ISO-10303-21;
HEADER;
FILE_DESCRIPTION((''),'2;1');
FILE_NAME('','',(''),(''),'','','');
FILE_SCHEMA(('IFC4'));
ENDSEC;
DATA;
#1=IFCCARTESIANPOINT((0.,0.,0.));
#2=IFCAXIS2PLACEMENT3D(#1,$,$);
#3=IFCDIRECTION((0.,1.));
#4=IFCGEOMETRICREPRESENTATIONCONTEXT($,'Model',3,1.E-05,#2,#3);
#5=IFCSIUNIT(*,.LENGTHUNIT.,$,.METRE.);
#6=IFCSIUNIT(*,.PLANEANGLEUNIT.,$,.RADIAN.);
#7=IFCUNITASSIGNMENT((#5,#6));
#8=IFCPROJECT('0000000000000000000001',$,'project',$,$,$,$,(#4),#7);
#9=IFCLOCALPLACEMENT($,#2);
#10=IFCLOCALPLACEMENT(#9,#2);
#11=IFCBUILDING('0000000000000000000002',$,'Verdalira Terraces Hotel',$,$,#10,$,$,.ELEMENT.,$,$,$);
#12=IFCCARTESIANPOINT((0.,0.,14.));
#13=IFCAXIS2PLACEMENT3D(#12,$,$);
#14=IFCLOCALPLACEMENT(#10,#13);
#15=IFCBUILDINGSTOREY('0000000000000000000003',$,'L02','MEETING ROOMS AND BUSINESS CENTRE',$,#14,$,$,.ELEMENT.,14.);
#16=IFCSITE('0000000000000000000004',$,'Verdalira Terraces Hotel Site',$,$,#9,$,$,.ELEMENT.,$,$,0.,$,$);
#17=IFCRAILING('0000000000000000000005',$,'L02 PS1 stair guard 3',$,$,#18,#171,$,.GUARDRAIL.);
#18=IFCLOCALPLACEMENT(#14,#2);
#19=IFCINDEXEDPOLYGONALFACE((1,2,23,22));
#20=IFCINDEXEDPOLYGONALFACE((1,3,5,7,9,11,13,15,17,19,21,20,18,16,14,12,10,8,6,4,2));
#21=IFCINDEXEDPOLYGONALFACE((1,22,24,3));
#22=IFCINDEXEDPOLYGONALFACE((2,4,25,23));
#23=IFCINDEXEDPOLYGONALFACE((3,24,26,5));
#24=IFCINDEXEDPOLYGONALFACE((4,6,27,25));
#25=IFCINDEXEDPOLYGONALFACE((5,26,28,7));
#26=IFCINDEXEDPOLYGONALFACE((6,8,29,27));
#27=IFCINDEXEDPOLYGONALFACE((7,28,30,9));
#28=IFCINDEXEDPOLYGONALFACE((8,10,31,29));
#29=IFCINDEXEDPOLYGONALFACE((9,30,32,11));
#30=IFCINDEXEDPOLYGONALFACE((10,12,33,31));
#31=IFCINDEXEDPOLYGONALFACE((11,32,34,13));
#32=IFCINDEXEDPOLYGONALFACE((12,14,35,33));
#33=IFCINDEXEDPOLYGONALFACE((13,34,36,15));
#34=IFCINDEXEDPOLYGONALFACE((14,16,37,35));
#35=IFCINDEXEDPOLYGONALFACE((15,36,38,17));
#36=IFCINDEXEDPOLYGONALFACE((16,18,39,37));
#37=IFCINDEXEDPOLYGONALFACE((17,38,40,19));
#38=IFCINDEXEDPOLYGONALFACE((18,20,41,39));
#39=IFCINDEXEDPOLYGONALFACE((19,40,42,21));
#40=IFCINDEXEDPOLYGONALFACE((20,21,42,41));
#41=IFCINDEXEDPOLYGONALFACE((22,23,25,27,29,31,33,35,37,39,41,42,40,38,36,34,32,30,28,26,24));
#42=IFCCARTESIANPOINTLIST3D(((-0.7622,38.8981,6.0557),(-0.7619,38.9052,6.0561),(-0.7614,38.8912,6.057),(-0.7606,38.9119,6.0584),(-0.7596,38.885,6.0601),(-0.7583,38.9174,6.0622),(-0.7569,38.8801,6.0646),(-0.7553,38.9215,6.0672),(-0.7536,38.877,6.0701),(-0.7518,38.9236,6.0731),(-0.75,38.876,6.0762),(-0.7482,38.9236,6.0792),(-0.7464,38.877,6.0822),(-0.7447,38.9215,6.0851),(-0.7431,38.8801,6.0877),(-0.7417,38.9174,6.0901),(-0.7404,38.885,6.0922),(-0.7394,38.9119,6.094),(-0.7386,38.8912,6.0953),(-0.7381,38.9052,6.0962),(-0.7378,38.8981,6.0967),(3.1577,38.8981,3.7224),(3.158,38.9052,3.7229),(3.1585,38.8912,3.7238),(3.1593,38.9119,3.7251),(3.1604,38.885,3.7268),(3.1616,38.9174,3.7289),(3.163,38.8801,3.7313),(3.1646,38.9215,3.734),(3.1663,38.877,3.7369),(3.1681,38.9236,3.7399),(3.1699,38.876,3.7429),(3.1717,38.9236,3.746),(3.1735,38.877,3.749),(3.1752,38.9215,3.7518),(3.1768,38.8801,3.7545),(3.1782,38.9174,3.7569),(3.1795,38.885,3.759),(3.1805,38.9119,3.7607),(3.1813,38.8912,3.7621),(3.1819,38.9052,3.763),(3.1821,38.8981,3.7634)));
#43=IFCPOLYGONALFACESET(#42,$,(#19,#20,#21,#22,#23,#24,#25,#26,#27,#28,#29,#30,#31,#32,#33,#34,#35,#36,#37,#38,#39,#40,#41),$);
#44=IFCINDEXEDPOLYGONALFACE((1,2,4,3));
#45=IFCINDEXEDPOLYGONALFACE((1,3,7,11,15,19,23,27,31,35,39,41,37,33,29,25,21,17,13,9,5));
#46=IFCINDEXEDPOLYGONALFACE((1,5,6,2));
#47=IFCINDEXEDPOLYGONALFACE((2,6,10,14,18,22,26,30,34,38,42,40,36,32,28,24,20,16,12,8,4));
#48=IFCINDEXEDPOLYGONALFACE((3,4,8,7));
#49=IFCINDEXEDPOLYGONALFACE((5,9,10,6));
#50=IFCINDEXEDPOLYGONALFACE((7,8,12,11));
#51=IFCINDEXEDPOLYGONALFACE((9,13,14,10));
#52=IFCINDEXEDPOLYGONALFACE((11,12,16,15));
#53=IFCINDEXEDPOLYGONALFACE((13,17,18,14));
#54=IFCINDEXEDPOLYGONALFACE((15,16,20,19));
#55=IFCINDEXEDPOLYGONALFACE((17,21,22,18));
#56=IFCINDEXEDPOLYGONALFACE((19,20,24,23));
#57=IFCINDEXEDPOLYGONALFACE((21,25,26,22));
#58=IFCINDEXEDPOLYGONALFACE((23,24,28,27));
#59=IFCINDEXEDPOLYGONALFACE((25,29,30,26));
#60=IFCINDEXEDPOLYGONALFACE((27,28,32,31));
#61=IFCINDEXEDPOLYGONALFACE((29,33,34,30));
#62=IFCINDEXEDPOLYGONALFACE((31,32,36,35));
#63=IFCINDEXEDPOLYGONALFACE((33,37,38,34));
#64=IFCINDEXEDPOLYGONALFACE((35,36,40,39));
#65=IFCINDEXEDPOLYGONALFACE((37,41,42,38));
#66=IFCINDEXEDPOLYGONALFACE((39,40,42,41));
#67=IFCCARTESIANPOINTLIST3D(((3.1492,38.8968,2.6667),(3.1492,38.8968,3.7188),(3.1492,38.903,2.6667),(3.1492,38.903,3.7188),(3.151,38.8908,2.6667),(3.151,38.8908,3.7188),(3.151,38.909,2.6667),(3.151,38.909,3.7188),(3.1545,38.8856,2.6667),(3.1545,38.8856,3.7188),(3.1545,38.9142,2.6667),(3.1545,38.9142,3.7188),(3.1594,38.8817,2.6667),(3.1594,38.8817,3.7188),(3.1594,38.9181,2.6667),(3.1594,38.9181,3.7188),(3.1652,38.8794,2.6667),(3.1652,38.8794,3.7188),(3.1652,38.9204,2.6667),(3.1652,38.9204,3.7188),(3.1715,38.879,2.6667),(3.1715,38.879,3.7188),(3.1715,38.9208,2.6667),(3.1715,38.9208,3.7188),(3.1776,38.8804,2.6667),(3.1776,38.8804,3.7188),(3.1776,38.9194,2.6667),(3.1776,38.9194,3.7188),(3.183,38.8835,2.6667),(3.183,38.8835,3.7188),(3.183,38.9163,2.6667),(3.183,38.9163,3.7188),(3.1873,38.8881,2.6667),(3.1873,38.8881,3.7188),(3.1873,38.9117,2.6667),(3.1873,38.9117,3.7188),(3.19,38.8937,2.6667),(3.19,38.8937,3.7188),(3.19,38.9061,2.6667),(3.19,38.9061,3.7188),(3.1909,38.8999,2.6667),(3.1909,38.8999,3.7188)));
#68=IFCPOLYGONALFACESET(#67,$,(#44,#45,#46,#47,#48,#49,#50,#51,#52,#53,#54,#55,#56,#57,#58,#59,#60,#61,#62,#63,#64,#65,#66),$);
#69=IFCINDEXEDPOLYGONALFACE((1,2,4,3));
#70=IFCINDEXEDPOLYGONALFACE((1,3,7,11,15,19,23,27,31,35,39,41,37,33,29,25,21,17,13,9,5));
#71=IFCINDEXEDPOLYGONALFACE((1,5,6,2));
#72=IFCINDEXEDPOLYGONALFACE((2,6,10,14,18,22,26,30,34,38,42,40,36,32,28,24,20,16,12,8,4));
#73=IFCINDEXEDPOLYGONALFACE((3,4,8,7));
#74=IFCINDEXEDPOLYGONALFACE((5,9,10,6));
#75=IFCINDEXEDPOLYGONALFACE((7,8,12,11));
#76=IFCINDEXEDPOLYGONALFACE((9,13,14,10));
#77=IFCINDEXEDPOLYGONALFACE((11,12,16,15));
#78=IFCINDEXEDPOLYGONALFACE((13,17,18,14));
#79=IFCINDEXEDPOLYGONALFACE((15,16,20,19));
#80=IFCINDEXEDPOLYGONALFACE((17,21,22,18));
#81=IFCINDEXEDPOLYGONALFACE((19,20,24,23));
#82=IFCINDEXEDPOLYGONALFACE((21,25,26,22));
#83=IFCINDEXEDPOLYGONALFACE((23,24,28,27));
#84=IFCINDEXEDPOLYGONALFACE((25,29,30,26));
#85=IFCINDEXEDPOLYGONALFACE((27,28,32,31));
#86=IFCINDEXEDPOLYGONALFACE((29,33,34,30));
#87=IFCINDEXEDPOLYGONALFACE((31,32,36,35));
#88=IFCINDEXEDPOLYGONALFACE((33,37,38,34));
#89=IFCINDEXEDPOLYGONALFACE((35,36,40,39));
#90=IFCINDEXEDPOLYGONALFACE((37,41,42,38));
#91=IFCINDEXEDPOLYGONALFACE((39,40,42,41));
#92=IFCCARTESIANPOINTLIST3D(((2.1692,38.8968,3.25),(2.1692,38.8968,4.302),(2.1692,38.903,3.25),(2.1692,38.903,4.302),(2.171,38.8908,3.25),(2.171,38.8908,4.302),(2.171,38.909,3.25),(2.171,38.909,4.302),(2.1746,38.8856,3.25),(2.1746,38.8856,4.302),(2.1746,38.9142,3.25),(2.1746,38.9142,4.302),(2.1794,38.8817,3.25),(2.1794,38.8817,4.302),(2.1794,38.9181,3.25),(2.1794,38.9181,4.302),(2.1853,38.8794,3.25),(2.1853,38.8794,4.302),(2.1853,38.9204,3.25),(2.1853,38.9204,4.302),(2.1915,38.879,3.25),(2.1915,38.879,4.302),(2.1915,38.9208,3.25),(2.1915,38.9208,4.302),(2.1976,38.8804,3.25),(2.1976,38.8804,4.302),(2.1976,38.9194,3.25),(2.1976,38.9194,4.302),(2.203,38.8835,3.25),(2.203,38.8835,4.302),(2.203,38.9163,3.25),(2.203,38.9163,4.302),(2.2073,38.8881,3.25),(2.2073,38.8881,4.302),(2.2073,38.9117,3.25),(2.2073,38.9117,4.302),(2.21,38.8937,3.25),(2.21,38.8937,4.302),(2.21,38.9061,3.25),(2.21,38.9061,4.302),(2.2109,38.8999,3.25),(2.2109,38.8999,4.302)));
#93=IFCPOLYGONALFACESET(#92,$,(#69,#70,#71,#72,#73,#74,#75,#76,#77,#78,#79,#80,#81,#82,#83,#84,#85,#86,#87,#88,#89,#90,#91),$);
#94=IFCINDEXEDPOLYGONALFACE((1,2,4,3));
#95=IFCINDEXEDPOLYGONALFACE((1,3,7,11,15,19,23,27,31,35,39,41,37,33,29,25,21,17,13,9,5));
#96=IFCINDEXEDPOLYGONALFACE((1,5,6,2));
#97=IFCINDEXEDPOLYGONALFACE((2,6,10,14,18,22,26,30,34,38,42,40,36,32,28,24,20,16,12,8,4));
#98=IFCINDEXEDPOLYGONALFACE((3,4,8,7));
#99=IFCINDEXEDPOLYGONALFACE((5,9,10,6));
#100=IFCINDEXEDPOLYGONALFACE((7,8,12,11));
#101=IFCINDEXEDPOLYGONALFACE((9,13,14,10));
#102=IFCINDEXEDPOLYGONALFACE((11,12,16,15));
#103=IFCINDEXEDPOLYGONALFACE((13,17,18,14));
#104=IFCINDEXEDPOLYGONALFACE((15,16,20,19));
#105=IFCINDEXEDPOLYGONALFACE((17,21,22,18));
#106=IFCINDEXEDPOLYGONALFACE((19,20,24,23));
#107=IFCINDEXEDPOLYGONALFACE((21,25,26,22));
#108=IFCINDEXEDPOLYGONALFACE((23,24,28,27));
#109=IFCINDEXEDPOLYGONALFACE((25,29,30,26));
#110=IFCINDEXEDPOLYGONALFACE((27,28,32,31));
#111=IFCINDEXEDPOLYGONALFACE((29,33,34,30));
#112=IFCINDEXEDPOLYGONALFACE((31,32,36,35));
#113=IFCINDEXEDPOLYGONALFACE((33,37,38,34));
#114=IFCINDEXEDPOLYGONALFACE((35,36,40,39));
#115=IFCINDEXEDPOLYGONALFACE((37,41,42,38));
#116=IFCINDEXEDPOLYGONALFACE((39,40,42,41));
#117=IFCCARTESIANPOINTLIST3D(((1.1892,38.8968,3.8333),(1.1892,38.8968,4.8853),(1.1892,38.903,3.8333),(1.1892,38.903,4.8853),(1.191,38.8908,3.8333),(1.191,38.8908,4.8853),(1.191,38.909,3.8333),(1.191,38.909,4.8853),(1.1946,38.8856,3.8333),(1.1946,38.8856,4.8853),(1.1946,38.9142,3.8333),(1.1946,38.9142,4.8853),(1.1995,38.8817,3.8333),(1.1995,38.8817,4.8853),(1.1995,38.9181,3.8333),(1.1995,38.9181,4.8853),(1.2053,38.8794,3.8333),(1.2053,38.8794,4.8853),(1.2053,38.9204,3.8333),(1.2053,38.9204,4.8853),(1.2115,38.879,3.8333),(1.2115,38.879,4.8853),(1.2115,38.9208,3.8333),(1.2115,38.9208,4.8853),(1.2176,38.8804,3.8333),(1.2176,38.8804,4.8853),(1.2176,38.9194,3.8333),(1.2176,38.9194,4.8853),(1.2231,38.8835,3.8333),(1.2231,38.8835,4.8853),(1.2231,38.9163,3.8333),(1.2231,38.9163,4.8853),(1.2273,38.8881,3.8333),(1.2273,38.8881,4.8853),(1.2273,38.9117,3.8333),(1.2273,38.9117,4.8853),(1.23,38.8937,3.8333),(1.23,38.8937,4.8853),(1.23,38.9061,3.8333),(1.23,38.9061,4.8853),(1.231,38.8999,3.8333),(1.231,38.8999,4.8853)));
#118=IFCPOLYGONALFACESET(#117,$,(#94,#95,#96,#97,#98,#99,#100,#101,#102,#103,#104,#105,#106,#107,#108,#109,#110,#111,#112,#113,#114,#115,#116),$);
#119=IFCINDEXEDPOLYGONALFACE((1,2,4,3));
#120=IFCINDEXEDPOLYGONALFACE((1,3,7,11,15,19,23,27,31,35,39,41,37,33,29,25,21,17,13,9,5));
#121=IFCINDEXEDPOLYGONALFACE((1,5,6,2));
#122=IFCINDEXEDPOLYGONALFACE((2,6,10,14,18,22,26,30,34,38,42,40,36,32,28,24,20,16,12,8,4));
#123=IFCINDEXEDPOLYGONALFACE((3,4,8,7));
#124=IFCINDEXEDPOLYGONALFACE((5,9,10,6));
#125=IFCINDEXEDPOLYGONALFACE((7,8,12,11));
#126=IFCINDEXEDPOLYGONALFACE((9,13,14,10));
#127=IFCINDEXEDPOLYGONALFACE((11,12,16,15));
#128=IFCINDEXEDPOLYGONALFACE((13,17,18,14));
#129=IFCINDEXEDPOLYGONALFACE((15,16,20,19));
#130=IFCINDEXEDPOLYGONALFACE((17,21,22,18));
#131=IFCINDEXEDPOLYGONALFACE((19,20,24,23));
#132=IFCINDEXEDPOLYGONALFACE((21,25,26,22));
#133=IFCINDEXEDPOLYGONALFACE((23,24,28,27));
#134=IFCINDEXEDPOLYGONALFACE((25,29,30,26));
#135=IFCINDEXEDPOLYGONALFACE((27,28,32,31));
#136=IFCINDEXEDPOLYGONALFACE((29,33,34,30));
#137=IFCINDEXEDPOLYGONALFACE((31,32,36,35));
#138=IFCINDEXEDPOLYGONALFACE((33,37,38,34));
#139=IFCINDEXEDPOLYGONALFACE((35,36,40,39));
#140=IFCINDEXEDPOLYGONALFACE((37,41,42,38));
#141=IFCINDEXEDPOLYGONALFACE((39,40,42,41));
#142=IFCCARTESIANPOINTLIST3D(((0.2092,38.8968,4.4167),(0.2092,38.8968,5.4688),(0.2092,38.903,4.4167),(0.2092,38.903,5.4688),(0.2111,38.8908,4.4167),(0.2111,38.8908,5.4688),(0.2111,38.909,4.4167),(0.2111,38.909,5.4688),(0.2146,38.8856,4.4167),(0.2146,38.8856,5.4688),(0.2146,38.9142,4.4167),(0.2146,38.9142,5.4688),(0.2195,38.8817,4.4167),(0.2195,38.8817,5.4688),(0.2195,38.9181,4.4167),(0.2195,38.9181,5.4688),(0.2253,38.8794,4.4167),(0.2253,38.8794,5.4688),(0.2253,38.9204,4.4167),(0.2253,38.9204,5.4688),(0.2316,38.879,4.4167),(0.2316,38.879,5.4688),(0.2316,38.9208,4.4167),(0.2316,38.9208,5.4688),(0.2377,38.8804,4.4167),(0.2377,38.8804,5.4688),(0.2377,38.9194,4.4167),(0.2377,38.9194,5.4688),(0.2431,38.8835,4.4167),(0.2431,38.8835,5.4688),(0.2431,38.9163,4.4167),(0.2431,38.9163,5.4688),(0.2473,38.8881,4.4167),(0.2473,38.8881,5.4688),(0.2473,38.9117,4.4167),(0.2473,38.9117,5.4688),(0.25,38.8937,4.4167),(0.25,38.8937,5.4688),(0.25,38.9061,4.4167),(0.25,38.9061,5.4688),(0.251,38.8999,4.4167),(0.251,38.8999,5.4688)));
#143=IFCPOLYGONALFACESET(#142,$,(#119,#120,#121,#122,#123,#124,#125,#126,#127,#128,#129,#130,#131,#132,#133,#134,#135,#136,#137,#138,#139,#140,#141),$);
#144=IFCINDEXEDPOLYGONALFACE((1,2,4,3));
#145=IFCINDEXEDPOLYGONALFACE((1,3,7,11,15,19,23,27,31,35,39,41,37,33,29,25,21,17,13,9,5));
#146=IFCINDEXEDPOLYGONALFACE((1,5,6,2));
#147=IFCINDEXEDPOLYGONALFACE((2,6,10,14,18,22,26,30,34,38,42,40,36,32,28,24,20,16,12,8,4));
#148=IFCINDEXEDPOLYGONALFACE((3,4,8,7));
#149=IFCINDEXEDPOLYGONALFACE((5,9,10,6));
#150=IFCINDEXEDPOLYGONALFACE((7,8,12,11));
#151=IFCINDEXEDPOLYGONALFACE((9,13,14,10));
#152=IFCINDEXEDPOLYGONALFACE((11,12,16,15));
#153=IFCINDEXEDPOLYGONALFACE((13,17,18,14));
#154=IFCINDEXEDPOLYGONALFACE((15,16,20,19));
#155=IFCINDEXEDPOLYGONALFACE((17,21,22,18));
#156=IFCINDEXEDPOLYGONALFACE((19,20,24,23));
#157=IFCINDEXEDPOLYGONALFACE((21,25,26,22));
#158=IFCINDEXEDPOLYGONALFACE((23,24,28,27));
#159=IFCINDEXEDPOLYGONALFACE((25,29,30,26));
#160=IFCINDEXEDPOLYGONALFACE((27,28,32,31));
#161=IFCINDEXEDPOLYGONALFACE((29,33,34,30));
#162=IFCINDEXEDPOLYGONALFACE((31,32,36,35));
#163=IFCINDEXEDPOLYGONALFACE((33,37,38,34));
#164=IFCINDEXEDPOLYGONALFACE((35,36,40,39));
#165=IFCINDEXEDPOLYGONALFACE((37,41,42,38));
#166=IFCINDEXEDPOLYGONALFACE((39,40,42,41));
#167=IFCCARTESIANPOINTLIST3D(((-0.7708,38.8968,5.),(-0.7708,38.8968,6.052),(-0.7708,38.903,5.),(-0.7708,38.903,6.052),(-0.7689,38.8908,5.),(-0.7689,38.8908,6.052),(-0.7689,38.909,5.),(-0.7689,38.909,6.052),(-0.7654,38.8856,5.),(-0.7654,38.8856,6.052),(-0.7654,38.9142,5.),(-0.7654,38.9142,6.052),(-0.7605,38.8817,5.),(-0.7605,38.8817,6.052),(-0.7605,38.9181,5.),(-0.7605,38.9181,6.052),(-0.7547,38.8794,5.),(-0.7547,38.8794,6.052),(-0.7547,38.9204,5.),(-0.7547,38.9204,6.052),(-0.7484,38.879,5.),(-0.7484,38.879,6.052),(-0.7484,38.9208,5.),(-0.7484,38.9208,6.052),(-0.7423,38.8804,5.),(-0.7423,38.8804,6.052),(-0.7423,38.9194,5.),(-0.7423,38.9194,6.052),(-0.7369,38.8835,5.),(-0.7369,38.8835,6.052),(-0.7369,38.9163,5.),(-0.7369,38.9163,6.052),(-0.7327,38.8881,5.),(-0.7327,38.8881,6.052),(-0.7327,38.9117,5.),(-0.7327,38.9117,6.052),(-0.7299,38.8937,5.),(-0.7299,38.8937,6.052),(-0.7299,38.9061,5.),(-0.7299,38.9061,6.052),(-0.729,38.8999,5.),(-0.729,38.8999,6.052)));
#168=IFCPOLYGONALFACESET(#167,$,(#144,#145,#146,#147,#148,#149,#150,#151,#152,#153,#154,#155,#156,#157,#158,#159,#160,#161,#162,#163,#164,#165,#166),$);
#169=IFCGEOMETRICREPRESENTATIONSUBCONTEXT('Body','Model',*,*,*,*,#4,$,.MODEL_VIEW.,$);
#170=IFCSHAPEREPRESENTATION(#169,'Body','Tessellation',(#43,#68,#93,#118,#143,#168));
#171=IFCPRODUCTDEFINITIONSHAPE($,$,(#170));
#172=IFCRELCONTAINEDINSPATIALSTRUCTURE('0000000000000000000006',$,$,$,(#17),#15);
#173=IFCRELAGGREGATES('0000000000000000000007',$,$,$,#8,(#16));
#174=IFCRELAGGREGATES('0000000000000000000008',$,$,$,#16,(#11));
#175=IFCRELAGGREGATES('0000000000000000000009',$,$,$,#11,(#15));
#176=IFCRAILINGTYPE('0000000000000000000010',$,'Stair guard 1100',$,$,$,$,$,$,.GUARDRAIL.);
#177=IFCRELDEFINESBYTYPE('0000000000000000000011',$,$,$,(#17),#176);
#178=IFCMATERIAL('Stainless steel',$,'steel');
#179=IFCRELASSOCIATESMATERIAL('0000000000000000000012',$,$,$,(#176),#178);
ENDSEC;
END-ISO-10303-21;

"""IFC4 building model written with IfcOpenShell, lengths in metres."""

from ifc_helpers import new_model, si_unit, direction, frame, origin, origin_2d, place, context, subcontext, project, spatial, circle, extrude, material, type_object, element, save


model = new_model("IFC4")

# Units and contexts
model_context = context("Model", 3, precision=1e-05, world=origin(), true_north=direction((0.0, 1.0)))
body_context = subcontext(model_context, "Body", "Model", "MODEL_VIEW")
ifc_project = project(units=[si_unit("LENGTHUNIT", "METRE"), si_unit("PLANEANGLEUNIT", "RADIAN")], contexts=[model_context])

# Site, building, storey
site_placement = place(None, origin())
site = spatial("IfcSite", under=ifc_project, at=site_placement, Name="Verdalira Terraces Hotel Site", CompositionType="ELEMENT", RefElevation=0.0)
building_placement = place(site_placement, origin())
building = spatial("IfcBuilding", under=site, at=building_placement, Name="Verdalira Terraces Hotel", CompositionType="ELEMENT")
storey_placement = place(building_placement, frame((0.0, 0.0, 14.0)))
storey = spatial("IfcBuildingStorey", under=building, at=storey_placement, Name="L02", Description="MEETING ROOMS AND BUSINESS CENTRE", CompositionType="ELEMENT", Elevation=14.0)

# Railing
ifc_material_1 = material(Name="Stainless steel", Category="steel")
railing_type_1 = type_object("IfcRailingType", Name="Stair guard 1100", PredefinedType="GUARDRAIL", material=ifc_material_1)
railing_1_placement = place(storey_placement, frame((3.1699, 38.8999, 2.6667)))
element("IfcRailing", 1, at=railing_1_placement, inside=storey, type_object=railing_type_1, Name="L02 PS1 stair guard 3", PredefinedType="GUARDRAIL", context=body_context, shape_type="SweptSolid", body=[
    extrude(circle(Radius=0.0239, at=origin_2d()), frame((0.0, 0.0, 1.0762), z_axis=(-0.859296, 0.0, 0.511478), x_axis=(0.0, -1.0, 0.0)), (0.0, 0.0, 1.0), 4.5618),
    extrude(circle(Radius=0.021, at=origin_2d()), origin(), (0.0, 0.0, 1.0), 1.052),
    extrude(circle(Radius=0.021, at=origin_2d()), frame((-0.98, 0.0, 0.5833)), (0.0, 0.0, 1.0), 1.052),
    extrude(circle(Radius=0.021, at=origin_2d()), frame((-1.96, 0.0, 1.1665)), (0.0, 0.0, 1.0), 1.052),
    extrude(circle(Radius=0.021, at=origin_2d()), frame((-2.9399, 0.0, 1.75)), (0.0, 0.0, 1.0), 1.052),
    extrude(circle(Radius=0.021, at=origin_2d()), frame((-3.9199, 0.0, 2.3333)), (0.0, 0.0, 1.0), 1.052),
])

save(model, "model.ifc")
